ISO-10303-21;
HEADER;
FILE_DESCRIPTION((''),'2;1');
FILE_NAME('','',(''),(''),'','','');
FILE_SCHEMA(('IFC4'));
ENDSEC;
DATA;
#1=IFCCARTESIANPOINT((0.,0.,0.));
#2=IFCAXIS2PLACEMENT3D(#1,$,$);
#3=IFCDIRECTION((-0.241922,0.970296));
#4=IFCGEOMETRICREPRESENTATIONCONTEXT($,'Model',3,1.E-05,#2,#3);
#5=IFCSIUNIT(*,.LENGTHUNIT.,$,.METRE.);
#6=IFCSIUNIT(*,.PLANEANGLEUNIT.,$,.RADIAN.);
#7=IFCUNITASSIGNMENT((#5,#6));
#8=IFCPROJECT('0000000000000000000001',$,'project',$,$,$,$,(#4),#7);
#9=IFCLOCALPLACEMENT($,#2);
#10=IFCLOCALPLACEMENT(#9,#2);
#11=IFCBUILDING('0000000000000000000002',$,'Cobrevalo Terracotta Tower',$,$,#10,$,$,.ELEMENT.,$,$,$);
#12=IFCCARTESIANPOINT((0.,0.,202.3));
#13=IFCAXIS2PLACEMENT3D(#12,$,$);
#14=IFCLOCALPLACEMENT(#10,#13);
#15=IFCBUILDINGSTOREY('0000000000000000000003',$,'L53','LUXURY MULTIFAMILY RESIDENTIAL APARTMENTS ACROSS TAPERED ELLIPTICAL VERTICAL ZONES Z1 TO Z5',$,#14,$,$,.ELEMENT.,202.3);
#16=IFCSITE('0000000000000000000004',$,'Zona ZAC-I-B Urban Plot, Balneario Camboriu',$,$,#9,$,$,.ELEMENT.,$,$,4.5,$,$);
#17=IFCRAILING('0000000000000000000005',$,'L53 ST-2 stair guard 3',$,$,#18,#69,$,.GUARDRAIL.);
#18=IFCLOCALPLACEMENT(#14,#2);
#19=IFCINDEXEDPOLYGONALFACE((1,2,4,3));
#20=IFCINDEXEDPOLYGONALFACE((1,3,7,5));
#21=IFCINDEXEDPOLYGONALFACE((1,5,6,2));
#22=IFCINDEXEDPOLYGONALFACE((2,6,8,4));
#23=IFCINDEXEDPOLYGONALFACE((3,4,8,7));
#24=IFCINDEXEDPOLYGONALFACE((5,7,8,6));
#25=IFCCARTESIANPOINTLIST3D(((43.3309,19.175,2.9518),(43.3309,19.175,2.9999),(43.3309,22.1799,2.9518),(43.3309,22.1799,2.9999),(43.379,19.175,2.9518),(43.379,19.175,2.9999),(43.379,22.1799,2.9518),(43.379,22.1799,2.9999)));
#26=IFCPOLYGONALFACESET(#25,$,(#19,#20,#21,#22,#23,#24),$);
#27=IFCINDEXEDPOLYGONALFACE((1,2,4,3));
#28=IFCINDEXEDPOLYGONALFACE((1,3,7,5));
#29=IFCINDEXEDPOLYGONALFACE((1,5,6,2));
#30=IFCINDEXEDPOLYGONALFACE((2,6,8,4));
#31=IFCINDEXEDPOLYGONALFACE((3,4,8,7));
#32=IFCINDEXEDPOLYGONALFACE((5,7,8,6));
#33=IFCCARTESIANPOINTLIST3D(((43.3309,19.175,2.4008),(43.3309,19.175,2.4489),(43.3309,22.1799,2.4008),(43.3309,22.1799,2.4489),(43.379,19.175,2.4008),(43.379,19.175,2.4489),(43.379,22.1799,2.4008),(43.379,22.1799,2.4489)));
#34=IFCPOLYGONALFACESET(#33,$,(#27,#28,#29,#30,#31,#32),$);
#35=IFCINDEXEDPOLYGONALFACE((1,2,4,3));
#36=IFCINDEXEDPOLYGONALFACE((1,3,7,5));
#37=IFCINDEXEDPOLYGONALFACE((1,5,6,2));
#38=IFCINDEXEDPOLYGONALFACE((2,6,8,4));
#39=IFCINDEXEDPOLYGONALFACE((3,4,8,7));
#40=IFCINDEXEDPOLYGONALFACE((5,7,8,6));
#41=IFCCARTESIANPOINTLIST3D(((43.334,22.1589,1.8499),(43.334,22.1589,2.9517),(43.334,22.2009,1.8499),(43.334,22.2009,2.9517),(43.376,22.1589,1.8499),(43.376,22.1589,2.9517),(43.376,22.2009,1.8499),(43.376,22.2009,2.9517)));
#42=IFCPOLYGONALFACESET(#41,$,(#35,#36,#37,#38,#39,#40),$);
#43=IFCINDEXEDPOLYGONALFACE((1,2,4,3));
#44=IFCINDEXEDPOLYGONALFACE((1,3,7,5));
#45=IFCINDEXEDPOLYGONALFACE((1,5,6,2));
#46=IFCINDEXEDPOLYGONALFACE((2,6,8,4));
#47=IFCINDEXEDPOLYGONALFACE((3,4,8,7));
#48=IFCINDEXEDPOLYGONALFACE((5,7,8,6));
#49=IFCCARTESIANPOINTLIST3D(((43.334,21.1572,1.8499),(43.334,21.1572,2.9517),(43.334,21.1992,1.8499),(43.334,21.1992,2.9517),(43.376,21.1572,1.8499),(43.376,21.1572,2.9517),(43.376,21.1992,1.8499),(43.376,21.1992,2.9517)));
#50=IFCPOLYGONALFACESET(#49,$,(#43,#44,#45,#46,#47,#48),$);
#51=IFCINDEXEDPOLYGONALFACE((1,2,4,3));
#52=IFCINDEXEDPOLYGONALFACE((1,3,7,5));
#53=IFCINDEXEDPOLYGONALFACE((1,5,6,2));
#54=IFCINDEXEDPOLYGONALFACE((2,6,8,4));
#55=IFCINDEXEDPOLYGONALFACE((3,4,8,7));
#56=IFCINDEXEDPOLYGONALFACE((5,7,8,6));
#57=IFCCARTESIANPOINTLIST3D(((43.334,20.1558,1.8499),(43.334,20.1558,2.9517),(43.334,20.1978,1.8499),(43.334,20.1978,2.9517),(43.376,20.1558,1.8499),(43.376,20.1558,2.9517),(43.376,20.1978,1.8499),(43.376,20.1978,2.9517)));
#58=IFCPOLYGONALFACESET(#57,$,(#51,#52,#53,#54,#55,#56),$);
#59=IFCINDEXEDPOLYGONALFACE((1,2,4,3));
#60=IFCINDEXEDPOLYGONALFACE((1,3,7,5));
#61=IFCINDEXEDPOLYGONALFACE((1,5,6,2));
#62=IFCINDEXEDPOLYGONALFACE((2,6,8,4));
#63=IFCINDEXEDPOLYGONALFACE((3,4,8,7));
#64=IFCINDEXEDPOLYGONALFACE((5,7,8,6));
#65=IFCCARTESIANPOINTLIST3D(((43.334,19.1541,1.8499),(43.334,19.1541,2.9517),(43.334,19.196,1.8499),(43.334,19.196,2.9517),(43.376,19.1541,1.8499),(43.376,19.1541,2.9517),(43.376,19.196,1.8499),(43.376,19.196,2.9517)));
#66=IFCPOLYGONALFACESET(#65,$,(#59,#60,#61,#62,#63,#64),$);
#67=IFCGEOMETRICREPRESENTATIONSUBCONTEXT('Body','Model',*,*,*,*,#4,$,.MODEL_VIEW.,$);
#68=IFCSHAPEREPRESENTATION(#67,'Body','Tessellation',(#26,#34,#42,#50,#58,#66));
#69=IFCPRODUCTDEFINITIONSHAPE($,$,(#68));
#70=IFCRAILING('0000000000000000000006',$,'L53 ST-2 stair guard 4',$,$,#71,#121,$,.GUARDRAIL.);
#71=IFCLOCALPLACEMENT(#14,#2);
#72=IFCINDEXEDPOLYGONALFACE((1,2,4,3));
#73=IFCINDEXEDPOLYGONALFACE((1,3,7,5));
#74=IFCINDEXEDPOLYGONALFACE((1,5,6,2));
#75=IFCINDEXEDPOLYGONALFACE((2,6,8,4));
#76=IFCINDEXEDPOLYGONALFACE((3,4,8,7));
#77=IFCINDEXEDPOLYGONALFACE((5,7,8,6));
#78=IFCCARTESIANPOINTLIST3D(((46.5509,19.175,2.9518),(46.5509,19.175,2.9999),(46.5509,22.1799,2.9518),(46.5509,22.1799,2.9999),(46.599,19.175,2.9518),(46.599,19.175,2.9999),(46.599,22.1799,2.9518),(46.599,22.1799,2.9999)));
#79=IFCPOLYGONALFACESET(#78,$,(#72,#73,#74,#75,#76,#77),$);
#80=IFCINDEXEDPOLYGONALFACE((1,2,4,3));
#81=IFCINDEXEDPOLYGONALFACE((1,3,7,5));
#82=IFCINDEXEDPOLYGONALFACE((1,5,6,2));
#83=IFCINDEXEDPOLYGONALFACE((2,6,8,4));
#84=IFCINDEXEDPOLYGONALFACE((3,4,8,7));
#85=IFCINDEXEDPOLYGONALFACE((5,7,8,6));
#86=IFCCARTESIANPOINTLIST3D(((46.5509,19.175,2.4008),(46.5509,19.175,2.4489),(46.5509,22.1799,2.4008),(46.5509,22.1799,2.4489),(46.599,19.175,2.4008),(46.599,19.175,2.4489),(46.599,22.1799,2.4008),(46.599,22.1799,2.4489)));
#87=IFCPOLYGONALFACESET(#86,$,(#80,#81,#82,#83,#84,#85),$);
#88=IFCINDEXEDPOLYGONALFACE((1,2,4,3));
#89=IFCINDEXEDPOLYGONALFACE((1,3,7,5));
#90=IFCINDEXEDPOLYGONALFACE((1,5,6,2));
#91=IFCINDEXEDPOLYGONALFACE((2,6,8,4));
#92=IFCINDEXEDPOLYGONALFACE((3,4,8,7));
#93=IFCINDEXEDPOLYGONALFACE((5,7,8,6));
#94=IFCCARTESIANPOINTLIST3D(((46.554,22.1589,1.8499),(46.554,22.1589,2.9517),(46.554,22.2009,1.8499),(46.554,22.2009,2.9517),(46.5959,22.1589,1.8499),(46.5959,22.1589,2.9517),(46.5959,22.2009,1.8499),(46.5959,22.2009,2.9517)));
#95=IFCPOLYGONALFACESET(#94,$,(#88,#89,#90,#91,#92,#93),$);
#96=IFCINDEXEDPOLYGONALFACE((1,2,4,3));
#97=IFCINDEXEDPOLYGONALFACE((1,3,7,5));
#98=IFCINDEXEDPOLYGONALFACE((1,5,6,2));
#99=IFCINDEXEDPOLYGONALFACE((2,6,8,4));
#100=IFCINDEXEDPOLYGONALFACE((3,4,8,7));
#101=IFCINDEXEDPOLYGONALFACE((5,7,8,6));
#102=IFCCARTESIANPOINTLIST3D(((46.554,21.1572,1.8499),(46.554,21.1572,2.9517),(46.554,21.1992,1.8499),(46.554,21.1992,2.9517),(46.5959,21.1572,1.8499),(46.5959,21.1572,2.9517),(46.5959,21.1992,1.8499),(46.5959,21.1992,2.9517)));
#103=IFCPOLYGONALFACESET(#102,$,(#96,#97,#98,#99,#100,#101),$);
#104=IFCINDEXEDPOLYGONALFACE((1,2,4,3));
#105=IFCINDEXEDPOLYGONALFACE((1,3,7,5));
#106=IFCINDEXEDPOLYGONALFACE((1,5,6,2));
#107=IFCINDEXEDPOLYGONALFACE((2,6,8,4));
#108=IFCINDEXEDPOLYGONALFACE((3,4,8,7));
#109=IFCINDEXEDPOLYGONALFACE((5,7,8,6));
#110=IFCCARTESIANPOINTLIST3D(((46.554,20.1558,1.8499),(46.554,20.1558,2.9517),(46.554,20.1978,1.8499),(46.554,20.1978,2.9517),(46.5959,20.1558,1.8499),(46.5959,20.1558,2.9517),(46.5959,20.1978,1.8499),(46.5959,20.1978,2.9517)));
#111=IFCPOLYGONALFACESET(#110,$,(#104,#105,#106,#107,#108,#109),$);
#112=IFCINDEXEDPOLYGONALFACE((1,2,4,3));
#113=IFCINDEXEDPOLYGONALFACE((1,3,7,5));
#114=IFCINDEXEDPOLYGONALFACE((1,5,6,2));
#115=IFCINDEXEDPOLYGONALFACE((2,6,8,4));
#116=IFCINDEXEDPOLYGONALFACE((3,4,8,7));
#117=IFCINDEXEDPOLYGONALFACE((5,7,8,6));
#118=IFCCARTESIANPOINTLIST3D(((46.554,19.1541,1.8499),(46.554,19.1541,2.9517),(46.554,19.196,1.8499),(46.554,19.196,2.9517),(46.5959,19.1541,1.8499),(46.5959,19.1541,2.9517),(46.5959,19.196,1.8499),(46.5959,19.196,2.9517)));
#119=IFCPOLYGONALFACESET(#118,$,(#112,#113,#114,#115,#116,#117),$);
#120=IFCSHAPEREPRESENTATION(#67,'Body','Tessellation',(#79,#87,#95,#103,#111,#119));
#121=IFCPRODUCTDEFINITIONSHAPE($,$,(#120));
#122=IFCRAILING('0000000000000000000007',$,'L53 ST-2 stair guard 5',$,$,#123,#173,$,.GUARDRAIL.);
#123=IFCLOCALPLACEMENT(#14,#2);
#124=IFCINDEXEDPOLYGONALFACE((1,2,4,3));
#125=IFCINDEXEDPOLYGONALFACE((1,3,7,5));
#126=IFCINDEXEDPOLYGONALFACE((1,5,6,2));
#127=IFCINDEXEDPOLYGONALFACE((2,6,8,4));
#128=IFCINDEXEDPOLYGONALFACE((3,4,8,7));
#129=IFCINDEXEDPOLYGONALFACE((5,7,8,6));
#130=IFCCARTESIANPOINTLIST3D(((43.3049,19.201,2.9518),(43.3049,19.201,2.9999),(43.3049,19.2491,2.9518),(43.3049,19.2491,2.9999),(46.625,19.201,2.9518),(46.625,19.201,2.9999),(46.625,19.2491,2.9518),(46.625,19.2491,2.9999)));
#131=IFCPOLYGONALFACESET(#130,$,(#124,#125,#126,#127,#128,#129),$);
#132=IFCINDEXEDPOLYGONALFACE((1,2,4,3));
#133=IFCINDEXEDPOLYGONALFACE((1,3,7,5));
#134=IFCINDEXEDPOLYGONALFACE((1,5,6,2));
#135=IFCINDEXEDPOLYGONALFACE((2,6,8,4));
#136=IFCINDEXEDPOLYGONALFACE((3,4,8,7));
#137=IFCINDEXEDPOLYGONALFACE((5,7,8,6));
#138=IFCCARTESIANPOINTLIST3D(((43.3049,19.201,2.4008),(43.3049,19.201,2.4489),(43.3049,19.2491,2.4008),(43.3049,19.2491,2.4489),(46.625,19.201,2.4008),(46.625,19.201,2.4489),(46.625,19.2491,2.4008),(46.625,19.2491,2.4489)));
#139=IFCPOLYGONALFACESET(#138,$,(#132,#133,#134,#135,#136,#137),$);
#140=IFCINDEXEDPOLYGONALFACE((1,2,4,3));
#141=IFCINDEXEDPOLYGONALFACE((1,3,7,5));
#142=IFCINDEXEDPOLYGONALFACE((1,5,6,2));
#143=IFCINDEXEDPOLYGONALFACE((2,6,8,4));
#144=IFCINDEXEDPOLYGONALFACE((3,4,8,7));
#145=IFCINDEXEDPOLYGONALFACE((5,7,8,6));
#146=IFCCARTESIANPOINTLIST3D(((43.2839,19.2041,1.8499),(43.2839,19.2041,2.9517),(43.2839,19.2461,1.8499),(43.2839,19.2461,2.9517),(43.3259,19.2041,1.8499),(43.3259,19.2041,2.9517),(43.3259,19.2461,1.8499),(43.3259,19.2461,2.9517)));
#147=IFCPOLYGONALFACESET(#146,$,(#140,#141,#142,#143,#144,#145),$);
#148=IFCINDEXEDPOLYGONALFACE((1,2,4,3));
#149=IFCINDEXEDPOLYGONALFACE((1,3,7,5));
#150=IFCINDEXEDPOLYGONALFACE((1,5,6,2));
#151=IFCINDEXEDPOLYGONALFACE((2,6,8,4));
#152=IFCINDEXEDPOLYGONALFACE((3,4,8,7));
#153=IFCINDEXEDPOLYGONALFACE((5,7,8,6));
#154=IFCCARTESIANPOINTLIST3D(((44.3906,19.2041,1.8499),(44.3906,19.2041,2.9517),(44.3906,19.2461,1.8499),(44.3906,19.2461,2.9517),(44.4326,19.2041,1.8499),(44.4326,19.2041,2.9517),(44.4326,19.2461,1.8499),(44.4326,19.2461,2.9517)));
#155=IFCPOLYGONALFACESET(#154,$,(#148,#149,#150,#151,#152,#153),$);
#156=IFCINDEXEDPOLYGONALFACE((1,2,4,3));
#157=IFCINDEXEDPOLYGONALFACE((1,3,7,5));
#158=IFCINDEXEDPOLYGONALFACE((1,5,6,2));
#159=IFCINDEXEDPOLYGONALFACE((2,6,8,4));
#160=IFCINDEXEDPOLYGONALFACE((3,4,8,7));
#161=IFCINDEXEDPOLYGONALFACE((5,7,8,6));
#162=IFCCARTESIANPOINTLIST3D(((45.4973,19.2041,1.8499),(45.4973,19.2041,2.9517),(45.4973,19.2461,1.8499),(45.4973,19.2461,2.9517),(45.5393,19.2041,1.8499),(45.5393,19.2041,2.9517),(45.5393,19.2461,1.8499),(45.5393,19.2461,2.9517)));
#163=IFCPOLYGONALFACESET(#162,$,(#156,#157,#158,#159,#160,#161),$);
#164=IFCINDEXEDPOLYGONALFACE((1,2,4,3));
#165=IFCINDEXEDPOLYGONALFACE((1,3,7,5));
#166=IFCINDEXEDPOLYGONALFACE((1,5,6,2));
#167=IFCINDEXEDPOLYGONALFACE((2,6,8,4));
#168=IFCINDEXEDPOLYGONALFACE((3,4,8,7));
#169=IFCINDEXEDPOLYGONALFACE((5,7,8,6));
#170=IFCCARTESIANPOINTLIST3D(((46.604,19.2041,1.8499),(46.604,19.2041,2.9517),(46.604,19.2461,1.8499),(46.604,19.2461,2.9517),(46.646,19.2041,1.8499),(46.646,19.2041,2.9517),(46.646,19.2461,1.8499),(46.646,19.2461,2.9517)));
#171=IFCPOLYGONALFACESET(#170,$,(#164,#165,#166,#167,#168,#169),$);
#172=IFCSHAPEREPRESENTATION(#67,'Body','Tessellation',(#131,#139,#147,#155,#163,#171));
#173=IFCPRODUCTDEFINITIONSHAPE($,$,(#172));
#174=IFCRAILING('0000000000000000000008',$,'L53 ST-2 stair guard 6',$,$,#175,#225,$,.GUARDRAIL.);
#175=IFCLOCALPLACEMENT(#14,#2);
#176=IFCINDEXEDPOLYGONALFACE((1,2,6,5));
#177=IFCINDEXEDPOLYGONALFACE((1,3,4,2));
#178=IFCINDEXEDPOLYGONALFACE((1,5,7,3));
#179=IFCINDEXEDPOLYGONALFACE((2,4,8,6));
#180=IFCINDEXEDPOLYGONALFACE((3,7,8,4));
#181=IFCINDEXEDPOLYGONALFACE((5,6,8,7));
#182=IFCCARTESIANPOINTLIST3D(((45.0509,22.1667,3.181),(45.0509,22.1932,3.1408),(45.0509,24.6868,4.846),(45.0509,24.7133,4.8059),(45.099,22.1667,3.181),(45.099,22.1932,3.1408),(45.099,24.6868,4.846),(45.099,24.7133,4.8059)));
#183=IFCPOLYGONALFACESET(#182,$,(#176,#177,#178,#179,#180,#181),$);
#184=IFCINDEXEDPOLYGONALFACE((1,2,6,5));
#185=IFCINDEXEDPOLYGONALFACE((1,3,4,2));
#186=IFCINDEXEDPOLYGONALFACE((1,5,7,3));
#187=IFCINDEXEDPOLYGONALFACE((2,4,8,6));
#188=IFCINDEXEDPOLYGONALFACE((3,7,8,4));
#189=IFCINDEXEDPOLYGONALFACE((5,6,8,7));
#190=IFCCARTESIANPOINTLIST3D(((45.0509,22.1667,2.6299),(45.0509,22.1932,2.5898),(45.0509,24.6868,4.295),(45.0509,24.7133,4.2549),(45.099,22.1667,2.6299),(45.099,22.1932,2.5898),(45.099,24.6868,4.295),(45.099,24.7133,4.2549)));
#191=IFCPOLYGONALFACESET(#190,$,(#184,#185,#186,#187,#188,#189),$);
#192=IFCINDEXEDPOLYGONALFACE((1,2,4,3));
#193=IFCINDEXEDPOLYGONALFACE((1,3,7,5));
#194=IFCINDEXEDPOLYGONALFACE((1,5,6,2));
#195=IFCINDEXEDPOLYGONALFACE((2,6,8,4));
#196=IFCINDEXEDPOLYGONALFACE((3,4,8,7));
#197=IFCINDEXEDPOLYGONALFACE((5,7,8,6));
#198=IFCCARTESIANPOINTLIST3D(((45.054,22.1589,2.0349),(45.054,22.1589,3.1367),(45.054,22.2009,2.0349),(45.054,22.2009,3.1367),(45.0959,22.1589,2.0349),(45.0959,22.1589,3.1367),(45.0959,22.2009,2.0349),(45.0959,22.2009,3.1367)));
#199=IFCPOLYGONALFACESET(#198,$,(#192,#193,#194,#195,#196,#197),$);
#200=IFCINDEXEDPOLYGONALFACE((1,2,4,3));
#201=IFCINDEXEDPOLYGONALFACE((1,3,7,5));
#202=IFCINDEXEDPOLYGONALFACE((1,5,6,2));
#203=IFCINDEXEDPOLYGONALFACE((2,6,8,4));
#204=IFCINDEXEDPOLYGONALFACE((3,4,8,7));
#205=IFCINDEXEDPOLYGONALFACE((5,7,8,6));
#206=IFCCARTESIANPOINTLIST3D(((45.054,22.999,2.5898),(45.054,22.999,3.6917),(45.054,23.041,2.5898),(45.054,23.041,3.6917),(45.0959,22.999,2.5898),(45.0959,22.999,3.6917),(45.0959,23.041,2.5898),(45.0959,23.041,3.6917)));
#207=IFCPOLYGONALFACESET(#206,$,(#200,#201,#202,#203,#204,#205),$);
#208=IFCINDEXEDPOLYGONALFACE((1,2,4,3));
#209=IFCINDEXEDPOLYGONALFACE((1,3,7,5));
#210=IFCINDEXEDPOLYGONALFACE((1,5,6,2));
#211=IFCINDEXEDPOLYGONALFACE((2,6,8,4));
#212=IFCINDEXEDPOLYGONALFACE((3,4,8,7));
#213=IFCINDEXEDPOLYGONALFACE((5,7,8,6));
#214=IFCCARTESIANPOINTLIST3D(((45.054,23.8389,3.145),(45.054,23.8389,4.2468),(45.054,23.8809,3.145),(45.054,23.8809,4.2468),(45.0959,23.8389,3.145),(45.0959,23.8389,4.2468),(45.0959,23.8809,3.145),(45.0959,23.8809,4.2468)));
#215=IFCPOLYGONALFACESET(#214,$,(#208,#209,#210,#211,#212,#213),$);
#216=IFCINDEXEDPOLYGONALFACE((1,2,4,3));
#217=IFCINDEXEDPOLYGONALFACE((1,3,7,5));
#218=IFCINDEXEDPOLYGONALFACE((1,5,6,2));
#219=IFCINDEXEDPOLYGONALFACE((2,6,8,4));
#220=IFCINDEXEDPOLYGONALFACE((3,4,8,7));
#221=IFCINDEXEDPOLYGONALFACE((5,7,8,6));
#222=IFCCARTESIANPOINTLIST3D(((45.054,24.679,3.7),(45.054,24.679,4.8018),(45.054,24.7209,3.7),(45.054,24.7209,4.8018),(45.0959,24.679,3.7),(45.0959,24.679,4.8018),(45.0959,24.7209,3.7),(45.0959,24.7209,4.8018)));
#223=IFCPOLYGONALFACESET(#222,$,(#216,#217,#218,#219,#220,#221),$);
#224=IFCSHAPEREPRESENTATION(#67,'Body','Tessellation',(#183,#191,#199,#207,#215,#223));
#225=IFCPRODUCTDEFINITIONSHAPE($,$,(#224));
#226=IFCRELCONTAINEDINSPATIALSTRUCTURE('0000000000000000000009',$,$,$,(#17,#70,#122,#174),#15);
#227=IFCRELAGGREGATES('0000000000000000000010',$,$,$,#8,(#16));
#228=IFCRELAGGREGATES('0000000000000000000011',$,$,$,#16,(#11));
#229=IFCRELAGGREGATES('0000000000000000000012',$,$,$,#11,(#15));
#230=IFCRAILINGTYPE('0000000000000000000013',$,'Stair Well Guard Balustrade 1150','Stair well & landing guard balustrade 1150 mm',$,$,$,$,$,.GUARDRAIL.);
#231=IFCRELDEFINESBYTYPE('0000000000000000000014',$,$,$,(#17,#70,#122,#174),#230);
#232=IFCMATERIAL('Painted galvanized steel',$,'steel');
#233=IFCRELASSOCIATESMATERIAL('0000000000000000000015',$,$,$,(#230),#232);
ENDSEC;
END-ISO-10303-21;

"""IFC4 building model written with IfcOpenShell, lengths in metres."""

from ifc_helpers import new_model, si_unit, direction, frame, origin, origin_2d, place, context, subcontext, project, spatial, rectangle, extrude, material, type_object, element, save


model = new_model("IFC4")

# Units and contexts
model_context = context("Model", 3, precision=1e-05, world=origin(), true_north=direction((-0.241922, 0.970296)))
body_context = subcontext(model_context, "Body", "Model", "MODEL_VIEW")
ifc_project = project(units=[si_unit("LENGTHUNIT", "METRE"), si_unit("PLANEANGLEUNIT", "RADIAN")], contexts=[model_context])

# Site, building, storey
site_placement = place(None, origin())
site = spatial("IfcSite", under=ifc_project, at=site_placement, Name="Zona ZAC-I-B Urban Plot, Balneario Camboriu", CompositionType="ELEMENT", RefElevation=4.5)
building_placement = place(site_placement, origin())
building = spatial("IfcBuilding", under=site, at=building_placement, Name="Cobrevalo Terracotta Tower", CompositionType="ELEMENT")
storey_placement = place(building_placement, frame((0.0, 0.0, 202.3)))
storey = spatial("IfcBuildingStorey", under=building, at=storey_placement, Name="L53", Description="LUXURY MULTIFAMILY RESIDENTIAL APARTMENTS ACROSS TAPERED ELLIPTICAL VERTICAL ZONES Z1 TO Z5", CompositionType="ELEMENT", Elevation=202.3)

# Railings
ifc_material_1 = material(Name="Painted galvanized steel", Category="steel")
railing_type_1 = type_object("IfcRailingType", Name="Stair Well Guard Balustrade 1150", Description="Stair well & landing guard balustrade 1150 mm", PredefinedType="GUARDRAIL", material=ifc_material_1)
for number, where, name in (
    (1, (43.355, 22.1799, 1.8499), "L53 ST-2 stair guard 3"),
    (2, (46.575, 22.1799, 1.8499), "L53 ST-2 stair guard 4"),
):
    element("IfcRailing", number, at=place(storey_placement, frame(where)), inside=storey, type_object=railing_type_1, Name=name, PredefinedType="GUARDRAIL", context=body_context, shape_type="SweptSolid", body=[
        extrude(rectangle(XDim=0.0481, YDim=0.0481, at=origin_2d()), frame((0.0, 0.0, 1.126), z_axis=(0.0, -1.0, 0.0), x_axis=(1.0, 0.0, 0.0)), (0.0, 0.0, 1.0), 3.0049),
        extrude(rectangle(XDim=0.0481, YDim=0.0481, at=origin_2d()), frame((0.0, 0.0, 0.575), z_axis=(0.0, -1.0, 0.0), x_axis=(1.0, 0.0, 0.0)), (0.0, 0.0, 1.0), 3.0049),
        extrude(rectangle(XDim=0.042, YDim=0.042, at=origin_2d()), origin(), (0.0, 0.0, 1.0), 1.1018),
        extrude(rectangle(XDim=0.042, YDim=0.042, at=origin_2d()), frame((0.0, -1.0017, 0.0)), (0.0, 0.0, 1.0), 1.1018),
        extrude(rectangle(XDim=0.042, YDim=0.042, at=origin_2d()), frame((0.0, -2.0032, 0.0)), (0.0, 0.0, 1.0), 1.1018),
        extrude(rectangle(XDim=0.042, YDim=0.042, at=origin_2d()), frame((0.0, -3.0049, 0.0)), (0.0, 0.0, 1.0), 1.1018),
    ])
railing_1_placement = place(storey_placement, frame((43.3049, 19.2251, 1.8499)))
element("IfcRailing", 3, at=railing_1_placement, inside=storey, type_object=railing_type_1, Name="L53 ST-2 stair guard 5", PredefinedType="GUARDRAIL", context=body_context, shape_type="SweptSolid", body=[
    extrude(rectangle(XDim=0.0481, YDim=0.0481, at=origin_2d()), frame((0.0, 0.0, 1.126), z_axis=(1.0, 0.0, 0.0), x_axis=(0.0, 1.0, 0.0)), (0.0, 0.0, 1.0), 3.3201),
    extrude(rectangle(XDim=0.0481, YDim=0.0481, at=origin_2d()), frame((0.0, 0.0, 0.575), z_axis=(1.0, 0.0, 0.0), x_axis=(0.0, 1.0, 0.0)), (0.0, 0.0, 1.0), 3.3201),
    extrude(rectangle(XDim=0.042, YDim=0.042, at=origin_2d()), origin(), (0.0, 0.0, 1.0), 1.1018),
    extrude(rectangle(XDim=0.042, YDim=0.042, at=origin_2d()), frame((1.1067, 0.0, 0.0)), (0.0, 0.0, 1.0), 1.1018),
    extrude(rectangle(XDim=0.042, YDim=0.042, at=origin_2d()), frame((2.2134, 0.0, 0.0)), (0.0, 0.0, 1.0), 1.1018),
    extrude(rectangle(XDim=0.042, YDim=0.042, at=origin_2d()), frame((3.3201, 0.0, 0.0)), (0.0, 0.0, 1.0), 1.1018),
])
railing_2_placement = place(storey_placement, frame((45.075, 22.1799, 2.0349)))
element("IfcRailing", 4, at=railing_2_placement, inside=storey, type_object=railing_type_1, Name="L53 ST-2 stair guard 6", PredefinedType="GUARDRAIL", context=body_context, shape_type="SweptSolid", body=[
    extrude(rectangle(XDim=0.0481, YDim=0.0481, at=origin_2d()), frame((0.0, 0.0, 1.126), z_axis=(0.0, 0.834331, 0.551263), x_axis=(-1.0, 0.0, 0.0)), (0.0, 0.0, 1.0), 3.0205),
    extrude(rectangle(XDim=0.0481, YDim=0.0481, at=origin_2d()), frame((0.0, 0.0, 0.575), z_axis=(0.0, 0.834331, 0.551263), x_axis=(-1.0, 0.0, 0.0)), (0.0, 0.0, 1.0), 3.0205),
    extrude(rectangle(XDim=0.042, YDim=0.042, at=origin_2d()), origin(), (0.0, 0.0, 1.0), 1.1018),
    extrude(rectangle(XDim=0.042, YDim=0.042, at=origin_2d()), frame((0.0, 0.8401, 0.5549)), (0.0, 0.0, 1.0), 1.1018),
    extrude(rectangle(XDim=0.042, YDim=0.042, at=origin_2d()), frame((0.0, 1.6799, 1.1101)), (0.0, 0.0, 1.0), 1.1018),
    extrude(rectangle(XDim=0.042, YDim=0.042, at=origin_2d()), frame((0.0, 2.52, 1.665)), (0.0, 0.0, 1.0), 1.1018),
])

save(model, "model.ifc")
